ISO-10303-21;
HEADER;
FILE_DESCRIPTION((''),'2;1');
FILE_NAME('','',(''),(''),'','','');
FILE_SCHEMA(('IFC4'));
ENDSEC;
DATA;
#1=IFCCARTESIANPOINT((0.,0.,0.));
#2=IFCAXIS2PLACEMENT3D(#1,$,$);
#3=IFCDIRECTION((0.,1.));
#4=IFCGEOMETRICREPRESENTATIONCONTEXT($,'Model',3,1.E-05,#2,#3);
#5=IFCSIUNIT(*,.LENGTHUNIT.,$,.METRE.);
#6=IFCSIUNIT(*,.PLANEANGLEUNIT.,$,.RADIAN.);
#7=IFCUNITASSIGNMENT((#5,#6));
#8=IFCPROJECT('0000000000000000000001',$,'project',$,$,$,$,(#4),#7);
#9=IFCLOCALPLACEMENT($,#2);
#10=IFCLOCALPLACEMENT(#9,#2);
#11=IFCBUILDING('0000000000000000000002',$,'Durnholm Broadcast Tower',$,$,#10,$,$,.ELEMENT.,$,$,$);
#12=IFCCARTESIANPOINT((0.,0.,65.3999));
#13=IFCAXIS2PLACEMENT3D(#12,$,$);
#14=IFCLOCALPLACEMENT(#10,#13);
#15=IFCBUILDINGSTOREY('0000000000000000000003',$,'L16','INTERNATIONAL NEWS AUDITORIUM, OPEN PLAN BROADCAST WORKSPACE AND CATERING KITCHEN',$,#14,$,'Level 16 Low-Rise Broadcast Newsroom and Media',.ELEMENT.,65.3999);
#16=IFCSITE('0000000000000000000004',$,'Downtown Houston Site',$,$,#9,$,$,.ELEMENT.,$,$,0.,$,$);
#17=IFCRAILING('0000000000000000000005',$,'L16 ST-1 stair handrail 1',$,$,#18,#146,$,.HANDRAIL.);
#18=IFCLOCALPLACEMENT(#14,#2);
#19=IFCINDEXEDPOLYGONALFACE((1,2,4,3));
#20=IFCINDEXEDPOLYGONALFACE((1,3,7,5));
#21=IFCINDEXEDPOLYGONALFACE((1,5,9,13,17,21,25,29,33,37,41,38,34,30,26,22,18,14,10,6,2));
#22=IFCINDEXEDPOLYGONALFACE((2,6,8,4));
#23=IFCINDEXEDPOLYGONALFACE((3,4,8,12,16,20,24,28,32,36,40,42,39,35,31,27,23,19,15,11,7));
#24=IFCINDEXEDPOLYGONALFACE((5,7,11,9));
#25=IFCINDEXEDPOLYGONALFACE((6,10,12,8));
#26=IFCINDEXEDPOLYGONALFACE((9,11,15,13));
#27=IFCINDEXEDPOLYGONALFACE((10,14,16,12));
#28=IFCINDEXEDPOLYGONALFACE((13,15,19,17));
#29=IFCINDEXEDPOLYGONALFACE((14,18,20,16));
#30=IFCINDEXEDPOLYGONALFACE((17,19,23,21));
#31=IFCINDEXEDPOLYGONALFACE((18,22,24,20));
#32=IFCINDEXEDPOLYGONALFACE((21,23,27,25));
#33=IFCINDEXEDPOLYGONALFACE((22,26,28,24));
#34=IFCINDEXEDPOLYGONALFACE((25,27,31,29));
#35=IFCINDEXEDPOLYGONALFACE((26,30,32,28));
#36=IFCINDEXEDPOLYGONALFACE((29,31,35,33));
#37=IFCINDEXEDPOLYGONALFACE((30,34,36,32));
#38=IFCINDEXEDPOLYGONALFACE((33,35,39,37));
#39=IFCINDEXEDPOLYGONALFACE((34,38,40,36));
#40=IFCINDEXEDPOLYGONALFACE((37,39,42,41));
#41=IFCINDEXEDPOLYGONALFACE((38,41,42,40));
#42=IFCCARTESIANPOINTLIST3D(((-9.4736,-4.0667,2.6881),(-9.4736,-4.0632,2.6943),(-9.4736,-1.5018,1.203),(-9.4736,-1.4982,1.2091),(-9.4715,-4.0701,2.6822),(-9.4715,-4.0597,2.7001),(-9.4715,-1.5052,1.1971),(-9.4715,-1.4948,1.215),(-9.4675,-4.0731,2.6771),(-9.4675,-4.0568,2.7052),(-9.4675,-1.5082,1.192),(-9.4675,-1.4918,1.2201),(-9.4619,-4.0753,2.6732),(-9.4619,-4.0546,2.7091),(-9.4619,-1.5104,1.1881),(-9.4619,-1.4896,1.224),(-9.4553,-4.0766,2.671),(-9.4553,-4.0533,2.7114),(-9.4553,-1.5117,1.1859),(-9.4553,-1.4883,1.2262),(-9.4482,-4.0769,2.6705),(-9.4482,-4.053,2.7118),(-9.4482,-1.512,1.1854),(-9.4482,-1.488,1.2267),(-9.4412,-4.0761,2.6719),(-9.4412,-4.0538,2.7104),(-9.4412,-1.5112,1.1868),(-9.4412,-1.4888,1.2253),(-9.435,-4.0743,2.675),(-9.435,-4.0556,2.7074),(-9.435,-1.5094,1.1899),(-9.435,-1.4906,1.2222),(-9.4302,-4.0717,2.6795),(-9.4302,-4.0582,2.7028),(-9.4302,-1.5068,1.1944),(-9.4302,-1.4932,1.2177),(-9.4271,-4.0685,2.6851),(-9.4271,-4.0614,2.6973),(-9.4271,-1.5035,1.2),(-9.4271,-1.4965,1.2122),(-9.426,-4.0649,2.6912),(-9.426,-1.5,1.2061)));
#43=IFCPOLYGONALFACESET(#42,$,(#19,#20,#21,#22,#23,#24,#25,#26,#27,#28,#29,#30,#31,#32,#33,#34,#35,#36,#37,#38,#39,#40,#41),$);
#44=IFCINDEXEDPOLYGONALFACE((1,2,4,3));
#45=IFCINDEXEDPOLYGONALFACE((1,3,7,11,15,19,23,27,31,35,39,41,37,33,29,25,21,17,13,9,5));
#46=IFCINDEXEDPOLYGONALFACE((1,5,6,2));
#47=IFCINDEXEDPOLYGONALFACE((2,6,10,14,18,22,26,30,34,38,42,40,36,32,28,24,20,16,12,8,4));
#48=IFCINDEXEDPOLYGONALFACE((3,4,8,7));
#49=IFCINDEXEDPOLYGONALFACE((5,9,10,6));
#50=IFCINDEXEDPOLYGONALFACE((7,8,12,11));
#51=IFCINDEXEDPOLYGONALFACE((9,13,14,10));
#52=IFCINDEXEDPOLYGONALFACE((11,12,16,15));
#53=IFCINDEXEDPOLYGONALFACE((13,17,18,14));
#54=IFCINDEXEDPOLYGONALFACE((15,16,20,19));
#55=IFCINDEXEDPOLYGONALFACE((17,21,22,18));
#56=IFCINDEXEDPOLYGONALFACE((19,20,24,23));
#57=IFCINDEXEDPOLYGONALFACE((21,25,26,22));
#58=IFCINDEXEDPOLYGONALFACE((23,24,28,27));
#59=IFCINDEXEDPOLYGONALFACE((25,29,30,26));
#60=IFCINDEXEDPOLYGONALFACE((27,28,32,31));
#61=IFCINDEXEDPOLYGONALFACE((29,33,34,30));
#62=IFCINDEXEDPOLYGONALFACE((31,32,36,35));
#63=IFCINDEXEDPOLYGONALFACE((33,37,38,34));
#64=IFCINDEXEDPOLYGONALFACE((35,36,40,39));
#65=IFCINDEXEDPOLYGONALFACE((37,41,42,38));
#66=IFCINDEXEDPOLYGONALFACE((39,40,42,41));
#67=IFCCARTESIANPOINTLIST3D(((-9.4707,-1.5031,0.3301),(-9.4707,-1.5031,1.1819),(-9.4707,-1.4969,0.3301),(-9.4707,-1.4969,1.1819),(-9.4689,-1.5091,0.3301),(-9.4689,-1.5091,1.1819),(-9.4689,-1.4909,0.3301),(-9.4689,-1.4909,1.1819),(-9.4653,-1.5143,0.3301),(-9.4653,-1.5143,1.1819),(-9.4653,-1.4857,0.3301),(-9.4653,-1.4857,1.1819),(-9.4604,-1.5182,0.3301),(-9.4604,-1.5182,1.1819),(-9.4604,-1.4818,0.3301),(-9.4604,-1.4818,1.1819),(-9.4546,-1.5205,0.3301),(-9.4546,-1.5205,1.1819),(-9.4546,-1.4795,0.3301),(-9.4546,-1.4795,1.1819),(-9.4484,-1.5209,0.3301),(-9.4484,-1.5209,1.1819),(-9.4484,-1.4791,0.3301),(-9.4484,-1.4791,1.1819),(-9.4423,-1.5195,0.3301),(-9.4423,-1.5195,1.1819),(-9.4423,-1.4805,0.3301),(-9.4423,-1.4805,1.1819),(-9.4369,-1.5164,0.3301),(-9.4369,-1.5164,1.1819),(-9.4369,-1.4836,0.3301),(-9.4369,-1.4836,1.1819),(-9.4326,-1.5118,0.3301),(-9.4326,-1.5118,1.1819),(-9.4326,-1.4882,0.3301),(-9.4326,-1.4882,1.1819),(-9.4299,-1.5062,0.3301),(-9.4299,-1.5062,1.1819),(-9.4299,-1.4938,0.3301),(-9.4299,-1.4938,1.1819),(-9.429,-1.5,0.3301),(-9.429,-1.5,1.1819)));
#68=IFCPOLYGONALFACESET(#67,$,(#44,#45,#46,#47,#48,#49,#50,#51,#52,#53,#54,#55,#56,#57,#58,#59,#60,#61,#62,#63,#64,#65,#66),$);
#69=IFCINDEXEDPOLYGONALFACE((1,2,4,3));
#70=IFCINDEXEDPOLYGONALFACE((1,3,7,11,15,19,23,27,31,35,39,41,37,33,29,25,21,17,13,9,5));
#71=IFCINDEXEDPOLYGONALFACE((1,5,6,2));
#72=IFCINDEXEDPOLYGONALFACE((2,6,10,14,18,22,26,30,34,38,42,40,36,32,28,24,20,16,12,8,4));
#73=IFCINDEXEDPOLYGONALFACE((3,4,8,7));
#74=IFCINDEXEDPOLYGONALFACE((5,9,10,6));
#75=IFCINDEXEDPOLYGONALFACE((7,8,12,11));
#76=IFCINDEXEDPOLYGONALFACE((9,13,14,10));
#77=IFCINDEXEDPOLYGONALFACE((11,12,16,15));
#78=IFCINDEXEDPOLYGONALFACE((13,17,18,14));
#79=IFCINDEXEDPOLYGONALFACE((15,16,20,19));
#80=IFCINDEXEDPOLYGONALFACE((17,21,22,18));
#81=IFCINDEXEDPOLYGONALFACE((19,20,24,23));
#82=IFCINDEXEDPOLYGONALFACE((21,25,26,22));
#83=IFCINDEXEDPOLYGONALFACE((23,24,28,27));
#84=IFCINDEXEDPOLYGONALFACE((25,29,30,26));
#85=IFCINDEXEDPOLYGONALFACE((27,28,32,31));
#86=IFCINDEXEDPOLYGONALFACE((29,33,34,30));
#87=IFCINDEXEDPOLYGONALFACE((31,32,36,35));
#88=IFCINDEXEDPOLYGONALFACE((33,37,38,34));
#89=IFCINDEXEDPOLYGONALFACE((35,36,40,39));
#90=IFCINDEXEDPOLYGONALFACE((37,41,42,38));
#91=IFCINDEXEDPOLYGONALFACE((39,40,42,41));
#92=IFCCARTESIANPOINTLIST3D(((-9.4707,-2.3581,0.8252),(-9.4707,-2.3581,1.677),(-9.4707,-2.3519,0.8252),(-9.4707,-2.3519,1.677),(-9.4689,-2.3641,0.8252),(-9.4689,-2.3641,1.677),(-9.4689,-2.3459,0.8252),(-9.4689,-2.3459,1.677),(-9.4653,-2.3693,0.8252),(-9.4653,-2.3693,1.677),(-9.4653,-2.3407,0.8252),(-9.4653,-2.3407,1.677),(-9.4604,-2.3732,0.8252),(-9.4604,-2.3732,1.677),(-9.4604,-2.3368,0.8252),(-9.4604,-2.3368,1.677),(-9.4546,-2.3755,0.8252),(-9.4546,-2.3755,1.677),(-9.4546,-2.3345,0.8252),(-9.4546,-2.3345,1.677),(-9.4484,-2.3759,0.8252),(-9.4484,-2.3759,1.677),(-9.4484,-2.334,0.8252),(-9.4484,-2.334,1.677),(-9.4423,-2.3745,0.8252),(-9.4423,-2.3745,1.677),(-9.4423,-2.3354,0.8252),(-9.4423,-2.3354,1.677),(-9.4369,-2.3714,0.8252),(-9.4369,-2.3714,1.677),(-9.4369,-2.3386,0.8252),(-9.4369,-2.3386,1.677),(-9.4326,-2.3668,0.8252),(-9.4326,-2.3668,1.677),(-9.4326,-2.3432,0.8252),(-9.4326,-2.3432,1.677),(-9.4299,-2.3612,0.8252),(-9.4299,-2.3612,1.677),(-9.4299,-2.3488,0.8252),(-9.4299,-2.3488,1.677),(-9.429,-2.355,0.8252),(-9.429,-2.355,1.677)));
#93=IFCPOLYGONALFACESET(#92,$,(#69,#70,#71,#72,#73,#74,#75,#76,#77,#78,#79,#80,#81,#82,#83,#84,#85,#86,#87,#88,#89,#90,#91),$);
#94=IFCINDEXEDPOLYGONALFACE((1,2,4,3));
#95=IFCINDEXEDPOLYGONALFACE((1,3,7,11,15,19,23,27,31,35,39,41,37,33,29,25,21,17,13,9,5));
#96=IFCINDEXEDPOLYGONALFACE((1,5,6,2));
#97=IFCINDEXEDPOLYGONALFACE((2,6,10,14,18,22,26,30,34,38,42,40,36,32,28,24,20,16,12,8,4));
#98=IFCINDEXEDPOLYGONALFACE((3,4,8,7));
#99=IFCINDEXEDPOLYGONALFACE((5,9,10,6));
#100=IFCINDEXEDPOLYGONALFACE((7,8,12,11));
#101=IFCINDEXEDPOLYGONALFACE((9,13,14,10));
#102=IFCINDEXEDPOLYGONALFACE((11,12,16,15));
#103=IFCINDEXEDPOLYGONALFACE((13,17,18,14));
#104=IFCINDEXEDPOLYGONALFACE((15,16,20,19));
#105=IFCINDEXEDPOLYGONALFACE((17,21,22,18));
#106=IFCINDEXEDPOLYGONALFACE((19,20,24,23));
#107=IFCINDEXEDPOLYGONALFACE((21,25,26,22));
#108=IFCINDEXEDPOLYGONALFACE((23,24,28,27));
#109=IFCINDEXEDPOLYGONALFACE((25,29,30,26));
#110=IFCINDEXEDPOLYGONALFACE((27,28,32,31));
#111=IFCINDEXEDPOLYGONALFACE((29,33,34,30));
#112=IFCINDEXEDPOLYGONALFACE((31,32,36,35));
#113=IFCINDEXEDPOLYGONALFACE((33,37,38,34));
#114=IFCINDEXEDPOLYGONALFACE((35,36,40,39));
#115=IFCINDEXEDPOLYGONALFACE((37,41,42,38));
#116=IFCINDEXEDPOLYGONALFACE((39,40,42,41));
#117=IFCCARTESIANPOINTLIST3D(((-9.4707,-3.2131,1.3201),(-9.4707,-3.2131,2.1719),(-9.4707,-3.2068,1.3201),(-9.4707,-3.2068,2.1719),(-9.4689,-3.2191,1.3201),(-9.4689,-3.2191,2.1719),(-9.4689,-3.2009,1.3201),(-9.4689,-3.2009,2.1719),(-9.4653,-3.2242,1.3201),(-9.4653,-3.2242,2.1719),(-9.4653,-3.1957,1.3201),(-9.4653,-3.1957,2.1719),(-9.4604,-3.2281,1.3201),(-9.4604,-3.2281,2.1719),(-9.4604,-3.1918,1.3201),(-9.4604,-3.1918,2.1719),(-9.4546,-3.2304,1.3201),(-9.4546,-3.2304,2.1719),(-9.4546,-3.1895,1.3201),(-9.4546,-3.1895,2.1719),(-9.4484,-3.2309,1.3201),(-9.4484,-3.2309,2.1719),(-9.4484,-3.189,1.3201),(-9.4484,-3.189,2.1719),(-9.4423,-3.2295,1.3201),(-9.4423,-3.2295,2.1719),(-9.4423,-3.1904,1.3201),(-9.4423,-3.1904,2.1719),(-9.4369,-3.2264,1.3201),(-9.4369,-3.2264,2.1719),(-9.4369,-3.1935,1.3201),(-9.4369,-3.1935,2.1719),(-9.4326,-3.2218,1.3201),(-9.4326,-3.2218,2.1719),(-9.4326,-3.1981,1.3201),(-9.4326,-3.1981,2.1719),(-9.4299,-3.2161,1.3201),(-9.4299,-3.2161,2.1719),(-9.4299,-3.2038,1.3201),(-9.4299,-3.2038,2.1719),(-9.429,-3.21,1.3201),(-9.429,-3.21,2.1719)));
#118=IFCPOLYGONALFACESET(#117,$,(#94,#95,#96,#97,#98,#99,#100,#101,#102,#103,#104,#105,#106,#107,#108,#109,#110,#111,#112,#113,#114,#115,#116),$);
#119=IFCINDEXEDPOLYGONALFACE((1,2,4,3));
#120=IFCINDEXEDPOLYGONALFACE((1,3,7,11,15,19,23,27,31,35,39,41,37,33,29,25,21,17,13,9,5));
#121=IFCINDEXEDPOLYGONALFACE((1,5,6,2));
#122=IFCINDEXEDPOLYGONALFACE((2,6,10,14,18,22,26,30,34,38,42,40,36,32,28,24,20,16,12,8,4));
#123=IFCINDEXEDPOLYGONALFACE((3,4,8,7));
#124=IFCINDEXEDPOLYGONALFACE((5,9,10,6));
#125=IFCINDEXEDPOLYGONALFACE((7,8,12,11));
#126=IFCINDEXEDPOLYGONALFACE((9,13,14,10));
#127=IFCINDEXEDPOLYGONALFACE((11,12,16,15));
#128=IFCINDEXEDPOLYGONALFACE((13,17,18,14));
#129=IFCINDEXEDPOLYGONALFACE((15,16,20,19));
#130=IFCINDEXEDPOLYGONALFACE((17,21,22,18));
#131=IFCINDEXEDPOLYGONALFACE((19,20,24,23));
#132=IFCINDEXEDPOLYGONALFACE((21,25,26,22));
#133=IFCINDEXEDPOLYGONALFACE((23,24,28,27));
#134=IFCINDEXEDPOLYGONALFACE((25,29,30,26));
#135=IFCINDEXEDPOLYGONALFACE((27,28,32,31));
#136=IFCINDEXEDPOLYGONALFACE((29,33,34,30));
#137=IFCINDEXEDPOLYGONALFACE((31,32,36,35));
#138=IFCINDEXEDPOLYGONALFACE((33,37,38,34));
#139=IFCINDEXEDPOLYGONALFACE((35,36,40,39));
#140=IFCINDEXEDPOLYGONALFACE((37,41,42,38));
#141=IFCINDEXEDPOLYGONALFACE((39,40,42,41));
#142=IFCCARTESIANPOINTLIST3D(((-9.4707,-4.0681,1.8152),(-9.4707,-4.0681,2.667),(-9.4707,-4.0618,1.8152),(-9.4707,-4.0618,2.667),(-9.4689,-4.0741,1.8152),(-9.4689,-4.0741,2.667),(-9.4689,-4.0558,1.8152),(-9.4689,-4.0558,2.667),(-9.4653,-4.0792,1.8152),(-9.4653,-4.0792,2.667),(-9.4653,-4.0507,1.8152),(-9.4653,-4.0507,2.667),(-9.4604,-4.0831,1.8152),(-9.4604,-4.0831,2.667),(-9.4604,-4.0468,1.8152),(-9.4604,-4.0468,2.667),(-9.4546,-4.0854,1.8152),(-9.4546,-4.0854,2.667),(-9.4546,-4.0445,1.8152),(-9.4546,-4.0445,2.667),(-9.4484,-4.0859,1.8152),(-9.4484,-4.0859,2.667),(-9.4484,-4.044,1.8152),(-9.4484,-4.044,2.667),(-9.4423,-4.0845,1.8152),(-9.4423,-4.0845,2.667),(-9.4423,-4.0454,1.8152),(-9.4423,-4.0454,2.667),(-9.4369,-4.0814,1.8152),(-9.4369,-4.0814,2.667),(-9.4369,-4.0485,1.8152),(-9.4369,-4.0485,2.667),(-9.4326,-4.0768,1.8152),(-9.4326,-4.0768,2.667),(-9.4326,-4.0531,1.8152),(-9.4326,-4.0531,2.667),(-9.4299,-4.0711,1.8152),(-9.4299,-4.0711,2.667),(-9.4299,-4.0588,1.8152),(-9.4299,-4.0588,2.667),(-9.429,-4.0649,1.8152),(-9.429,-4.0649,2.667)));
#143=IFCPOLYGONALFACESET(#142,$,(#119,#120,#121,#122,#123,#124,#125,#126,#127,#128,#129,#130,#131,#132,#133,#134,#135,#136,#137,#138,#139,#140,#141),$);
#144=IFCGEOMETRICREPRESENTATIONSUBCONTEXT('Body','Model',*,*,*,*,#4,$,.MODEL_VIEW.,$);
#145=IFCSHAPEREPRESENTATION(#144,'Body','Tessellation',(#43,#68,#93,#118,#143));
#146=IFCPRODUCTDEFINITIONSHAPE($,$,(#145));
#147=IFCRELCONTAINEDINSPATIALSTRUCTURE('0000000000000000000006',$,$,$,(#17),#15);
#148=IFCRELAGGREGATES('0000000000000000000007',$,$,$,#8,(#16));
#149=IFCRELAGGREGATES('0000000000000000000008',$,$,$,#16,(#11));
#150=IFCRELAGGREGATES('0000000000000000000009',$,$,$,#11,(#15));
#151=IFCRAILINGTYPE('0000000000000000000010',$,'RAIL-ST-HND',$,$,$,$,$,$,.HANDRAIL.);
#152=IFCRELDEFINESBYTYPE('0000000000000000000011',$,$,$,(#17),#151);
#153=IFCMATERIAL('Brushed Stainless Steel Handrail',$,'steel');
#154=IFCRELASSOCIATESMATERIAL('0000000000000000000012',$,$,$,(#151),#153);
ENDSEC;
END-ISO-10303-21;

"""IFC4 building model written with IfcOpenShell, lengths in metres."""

from ifc_helpers import new_model, si_unit, direction, frame, origin, origin_2d, place, context, subcontext, project, spatial, circle, extrude, material, type_object, element, save


model = new_model("IFC4")

# Units and contexts
model_context = context("Model", 3, precision=1e-05, world=origin(), true_north=direction((0.0, 1.0)))
body_context = subcontext(model_context, "Body", "Model", "MODEL_VIEW")
ifc_project = project(units=[si_unit("LENGTHUNIT", "METRE"), si_unit("PLANEANGLEUNIT", "RADIAN")], contexts=[model_context])

# Site, building, storey
site_placement = place(None, origin())
site = spatial("IfcSite", under=ifc_project, at=site_placement, Name="Downtown Houston Site", CompositionType="ELEMENT", RefElevation=0.0)
building_placement = place(site_placement, origin())
building = spatial("IfcBuilding", under=site, at=building_placement, Name="Durnholm Broadcast Tower", CompositionType="ELEMENT")
storey_placement = place(building_placement, frame((0.0, 0.0, 65.3999)))
storey = spatial("IfcBuildingStorey", under=building, at=storey_placement, Name="L16", Description="INTERNATIONAL NEWS AUDITORIUM, OPEN PLAN BROADCAST WORKSPACE AND CATERING KITCHEN", LongName="Level 16 Low-Rise Broadcast Newsroom and Media", CompositionType="ELEMENT", Elevation=65.3999)

# Railing
ifc_material_1 = material(Name="Brushed Stainless Steel Handrail", Category="steel")
railing_type_1 = type_object("IfcRailingType", Name="RAIL-ST-HND", PredefinedType="HANDRAIL", material=ifc_material_1)
railing_1_placement = place(storey_placement, frame((-9.45, -1.5, 0.3301)))
element("IfcRailing", 1, at=railing_1_placement, inside=storey, type_object=railing_type_1, Name="L16 ST-1 stair handrail 1", PredefinedType="HANDRAIL", context=body_context, shape_type="SweptSolid", body=[
    extrude(circle(Radius=0.0239, at=origin_2d()), frame((0.0, 0.0, 0.876), z_axis=(0.0, -0.865406, 0.501072), x_axis=(1.0, 0.0, 0.0)), (0.0, 0.0, 1.0), 2.9639),
    extrude(circle(Radius=0.021, at=origin_2d()), origin(), (0.0, 0.0, 1.0), 0.8518),
    extrude(circle(Radius=0.021, at=origin_2d()), frame((0.0, -0.855, 0.4951)), (0.0, 0.0, 1.0), 0.8518),
    extrude(circle(Radius=0.021, at=origin_2d()), frame((0.0, -1.71, 0.99)), (0.0, 0.0, 1.0), 0.8518),
    extrude(circle(Radius=0.021, at=origin_2d()), frame((0.0, -2.5649, 1.4851)), (0.0, 0.0, 1.0), 0.8518),
])

save(model, "model.ifc")
